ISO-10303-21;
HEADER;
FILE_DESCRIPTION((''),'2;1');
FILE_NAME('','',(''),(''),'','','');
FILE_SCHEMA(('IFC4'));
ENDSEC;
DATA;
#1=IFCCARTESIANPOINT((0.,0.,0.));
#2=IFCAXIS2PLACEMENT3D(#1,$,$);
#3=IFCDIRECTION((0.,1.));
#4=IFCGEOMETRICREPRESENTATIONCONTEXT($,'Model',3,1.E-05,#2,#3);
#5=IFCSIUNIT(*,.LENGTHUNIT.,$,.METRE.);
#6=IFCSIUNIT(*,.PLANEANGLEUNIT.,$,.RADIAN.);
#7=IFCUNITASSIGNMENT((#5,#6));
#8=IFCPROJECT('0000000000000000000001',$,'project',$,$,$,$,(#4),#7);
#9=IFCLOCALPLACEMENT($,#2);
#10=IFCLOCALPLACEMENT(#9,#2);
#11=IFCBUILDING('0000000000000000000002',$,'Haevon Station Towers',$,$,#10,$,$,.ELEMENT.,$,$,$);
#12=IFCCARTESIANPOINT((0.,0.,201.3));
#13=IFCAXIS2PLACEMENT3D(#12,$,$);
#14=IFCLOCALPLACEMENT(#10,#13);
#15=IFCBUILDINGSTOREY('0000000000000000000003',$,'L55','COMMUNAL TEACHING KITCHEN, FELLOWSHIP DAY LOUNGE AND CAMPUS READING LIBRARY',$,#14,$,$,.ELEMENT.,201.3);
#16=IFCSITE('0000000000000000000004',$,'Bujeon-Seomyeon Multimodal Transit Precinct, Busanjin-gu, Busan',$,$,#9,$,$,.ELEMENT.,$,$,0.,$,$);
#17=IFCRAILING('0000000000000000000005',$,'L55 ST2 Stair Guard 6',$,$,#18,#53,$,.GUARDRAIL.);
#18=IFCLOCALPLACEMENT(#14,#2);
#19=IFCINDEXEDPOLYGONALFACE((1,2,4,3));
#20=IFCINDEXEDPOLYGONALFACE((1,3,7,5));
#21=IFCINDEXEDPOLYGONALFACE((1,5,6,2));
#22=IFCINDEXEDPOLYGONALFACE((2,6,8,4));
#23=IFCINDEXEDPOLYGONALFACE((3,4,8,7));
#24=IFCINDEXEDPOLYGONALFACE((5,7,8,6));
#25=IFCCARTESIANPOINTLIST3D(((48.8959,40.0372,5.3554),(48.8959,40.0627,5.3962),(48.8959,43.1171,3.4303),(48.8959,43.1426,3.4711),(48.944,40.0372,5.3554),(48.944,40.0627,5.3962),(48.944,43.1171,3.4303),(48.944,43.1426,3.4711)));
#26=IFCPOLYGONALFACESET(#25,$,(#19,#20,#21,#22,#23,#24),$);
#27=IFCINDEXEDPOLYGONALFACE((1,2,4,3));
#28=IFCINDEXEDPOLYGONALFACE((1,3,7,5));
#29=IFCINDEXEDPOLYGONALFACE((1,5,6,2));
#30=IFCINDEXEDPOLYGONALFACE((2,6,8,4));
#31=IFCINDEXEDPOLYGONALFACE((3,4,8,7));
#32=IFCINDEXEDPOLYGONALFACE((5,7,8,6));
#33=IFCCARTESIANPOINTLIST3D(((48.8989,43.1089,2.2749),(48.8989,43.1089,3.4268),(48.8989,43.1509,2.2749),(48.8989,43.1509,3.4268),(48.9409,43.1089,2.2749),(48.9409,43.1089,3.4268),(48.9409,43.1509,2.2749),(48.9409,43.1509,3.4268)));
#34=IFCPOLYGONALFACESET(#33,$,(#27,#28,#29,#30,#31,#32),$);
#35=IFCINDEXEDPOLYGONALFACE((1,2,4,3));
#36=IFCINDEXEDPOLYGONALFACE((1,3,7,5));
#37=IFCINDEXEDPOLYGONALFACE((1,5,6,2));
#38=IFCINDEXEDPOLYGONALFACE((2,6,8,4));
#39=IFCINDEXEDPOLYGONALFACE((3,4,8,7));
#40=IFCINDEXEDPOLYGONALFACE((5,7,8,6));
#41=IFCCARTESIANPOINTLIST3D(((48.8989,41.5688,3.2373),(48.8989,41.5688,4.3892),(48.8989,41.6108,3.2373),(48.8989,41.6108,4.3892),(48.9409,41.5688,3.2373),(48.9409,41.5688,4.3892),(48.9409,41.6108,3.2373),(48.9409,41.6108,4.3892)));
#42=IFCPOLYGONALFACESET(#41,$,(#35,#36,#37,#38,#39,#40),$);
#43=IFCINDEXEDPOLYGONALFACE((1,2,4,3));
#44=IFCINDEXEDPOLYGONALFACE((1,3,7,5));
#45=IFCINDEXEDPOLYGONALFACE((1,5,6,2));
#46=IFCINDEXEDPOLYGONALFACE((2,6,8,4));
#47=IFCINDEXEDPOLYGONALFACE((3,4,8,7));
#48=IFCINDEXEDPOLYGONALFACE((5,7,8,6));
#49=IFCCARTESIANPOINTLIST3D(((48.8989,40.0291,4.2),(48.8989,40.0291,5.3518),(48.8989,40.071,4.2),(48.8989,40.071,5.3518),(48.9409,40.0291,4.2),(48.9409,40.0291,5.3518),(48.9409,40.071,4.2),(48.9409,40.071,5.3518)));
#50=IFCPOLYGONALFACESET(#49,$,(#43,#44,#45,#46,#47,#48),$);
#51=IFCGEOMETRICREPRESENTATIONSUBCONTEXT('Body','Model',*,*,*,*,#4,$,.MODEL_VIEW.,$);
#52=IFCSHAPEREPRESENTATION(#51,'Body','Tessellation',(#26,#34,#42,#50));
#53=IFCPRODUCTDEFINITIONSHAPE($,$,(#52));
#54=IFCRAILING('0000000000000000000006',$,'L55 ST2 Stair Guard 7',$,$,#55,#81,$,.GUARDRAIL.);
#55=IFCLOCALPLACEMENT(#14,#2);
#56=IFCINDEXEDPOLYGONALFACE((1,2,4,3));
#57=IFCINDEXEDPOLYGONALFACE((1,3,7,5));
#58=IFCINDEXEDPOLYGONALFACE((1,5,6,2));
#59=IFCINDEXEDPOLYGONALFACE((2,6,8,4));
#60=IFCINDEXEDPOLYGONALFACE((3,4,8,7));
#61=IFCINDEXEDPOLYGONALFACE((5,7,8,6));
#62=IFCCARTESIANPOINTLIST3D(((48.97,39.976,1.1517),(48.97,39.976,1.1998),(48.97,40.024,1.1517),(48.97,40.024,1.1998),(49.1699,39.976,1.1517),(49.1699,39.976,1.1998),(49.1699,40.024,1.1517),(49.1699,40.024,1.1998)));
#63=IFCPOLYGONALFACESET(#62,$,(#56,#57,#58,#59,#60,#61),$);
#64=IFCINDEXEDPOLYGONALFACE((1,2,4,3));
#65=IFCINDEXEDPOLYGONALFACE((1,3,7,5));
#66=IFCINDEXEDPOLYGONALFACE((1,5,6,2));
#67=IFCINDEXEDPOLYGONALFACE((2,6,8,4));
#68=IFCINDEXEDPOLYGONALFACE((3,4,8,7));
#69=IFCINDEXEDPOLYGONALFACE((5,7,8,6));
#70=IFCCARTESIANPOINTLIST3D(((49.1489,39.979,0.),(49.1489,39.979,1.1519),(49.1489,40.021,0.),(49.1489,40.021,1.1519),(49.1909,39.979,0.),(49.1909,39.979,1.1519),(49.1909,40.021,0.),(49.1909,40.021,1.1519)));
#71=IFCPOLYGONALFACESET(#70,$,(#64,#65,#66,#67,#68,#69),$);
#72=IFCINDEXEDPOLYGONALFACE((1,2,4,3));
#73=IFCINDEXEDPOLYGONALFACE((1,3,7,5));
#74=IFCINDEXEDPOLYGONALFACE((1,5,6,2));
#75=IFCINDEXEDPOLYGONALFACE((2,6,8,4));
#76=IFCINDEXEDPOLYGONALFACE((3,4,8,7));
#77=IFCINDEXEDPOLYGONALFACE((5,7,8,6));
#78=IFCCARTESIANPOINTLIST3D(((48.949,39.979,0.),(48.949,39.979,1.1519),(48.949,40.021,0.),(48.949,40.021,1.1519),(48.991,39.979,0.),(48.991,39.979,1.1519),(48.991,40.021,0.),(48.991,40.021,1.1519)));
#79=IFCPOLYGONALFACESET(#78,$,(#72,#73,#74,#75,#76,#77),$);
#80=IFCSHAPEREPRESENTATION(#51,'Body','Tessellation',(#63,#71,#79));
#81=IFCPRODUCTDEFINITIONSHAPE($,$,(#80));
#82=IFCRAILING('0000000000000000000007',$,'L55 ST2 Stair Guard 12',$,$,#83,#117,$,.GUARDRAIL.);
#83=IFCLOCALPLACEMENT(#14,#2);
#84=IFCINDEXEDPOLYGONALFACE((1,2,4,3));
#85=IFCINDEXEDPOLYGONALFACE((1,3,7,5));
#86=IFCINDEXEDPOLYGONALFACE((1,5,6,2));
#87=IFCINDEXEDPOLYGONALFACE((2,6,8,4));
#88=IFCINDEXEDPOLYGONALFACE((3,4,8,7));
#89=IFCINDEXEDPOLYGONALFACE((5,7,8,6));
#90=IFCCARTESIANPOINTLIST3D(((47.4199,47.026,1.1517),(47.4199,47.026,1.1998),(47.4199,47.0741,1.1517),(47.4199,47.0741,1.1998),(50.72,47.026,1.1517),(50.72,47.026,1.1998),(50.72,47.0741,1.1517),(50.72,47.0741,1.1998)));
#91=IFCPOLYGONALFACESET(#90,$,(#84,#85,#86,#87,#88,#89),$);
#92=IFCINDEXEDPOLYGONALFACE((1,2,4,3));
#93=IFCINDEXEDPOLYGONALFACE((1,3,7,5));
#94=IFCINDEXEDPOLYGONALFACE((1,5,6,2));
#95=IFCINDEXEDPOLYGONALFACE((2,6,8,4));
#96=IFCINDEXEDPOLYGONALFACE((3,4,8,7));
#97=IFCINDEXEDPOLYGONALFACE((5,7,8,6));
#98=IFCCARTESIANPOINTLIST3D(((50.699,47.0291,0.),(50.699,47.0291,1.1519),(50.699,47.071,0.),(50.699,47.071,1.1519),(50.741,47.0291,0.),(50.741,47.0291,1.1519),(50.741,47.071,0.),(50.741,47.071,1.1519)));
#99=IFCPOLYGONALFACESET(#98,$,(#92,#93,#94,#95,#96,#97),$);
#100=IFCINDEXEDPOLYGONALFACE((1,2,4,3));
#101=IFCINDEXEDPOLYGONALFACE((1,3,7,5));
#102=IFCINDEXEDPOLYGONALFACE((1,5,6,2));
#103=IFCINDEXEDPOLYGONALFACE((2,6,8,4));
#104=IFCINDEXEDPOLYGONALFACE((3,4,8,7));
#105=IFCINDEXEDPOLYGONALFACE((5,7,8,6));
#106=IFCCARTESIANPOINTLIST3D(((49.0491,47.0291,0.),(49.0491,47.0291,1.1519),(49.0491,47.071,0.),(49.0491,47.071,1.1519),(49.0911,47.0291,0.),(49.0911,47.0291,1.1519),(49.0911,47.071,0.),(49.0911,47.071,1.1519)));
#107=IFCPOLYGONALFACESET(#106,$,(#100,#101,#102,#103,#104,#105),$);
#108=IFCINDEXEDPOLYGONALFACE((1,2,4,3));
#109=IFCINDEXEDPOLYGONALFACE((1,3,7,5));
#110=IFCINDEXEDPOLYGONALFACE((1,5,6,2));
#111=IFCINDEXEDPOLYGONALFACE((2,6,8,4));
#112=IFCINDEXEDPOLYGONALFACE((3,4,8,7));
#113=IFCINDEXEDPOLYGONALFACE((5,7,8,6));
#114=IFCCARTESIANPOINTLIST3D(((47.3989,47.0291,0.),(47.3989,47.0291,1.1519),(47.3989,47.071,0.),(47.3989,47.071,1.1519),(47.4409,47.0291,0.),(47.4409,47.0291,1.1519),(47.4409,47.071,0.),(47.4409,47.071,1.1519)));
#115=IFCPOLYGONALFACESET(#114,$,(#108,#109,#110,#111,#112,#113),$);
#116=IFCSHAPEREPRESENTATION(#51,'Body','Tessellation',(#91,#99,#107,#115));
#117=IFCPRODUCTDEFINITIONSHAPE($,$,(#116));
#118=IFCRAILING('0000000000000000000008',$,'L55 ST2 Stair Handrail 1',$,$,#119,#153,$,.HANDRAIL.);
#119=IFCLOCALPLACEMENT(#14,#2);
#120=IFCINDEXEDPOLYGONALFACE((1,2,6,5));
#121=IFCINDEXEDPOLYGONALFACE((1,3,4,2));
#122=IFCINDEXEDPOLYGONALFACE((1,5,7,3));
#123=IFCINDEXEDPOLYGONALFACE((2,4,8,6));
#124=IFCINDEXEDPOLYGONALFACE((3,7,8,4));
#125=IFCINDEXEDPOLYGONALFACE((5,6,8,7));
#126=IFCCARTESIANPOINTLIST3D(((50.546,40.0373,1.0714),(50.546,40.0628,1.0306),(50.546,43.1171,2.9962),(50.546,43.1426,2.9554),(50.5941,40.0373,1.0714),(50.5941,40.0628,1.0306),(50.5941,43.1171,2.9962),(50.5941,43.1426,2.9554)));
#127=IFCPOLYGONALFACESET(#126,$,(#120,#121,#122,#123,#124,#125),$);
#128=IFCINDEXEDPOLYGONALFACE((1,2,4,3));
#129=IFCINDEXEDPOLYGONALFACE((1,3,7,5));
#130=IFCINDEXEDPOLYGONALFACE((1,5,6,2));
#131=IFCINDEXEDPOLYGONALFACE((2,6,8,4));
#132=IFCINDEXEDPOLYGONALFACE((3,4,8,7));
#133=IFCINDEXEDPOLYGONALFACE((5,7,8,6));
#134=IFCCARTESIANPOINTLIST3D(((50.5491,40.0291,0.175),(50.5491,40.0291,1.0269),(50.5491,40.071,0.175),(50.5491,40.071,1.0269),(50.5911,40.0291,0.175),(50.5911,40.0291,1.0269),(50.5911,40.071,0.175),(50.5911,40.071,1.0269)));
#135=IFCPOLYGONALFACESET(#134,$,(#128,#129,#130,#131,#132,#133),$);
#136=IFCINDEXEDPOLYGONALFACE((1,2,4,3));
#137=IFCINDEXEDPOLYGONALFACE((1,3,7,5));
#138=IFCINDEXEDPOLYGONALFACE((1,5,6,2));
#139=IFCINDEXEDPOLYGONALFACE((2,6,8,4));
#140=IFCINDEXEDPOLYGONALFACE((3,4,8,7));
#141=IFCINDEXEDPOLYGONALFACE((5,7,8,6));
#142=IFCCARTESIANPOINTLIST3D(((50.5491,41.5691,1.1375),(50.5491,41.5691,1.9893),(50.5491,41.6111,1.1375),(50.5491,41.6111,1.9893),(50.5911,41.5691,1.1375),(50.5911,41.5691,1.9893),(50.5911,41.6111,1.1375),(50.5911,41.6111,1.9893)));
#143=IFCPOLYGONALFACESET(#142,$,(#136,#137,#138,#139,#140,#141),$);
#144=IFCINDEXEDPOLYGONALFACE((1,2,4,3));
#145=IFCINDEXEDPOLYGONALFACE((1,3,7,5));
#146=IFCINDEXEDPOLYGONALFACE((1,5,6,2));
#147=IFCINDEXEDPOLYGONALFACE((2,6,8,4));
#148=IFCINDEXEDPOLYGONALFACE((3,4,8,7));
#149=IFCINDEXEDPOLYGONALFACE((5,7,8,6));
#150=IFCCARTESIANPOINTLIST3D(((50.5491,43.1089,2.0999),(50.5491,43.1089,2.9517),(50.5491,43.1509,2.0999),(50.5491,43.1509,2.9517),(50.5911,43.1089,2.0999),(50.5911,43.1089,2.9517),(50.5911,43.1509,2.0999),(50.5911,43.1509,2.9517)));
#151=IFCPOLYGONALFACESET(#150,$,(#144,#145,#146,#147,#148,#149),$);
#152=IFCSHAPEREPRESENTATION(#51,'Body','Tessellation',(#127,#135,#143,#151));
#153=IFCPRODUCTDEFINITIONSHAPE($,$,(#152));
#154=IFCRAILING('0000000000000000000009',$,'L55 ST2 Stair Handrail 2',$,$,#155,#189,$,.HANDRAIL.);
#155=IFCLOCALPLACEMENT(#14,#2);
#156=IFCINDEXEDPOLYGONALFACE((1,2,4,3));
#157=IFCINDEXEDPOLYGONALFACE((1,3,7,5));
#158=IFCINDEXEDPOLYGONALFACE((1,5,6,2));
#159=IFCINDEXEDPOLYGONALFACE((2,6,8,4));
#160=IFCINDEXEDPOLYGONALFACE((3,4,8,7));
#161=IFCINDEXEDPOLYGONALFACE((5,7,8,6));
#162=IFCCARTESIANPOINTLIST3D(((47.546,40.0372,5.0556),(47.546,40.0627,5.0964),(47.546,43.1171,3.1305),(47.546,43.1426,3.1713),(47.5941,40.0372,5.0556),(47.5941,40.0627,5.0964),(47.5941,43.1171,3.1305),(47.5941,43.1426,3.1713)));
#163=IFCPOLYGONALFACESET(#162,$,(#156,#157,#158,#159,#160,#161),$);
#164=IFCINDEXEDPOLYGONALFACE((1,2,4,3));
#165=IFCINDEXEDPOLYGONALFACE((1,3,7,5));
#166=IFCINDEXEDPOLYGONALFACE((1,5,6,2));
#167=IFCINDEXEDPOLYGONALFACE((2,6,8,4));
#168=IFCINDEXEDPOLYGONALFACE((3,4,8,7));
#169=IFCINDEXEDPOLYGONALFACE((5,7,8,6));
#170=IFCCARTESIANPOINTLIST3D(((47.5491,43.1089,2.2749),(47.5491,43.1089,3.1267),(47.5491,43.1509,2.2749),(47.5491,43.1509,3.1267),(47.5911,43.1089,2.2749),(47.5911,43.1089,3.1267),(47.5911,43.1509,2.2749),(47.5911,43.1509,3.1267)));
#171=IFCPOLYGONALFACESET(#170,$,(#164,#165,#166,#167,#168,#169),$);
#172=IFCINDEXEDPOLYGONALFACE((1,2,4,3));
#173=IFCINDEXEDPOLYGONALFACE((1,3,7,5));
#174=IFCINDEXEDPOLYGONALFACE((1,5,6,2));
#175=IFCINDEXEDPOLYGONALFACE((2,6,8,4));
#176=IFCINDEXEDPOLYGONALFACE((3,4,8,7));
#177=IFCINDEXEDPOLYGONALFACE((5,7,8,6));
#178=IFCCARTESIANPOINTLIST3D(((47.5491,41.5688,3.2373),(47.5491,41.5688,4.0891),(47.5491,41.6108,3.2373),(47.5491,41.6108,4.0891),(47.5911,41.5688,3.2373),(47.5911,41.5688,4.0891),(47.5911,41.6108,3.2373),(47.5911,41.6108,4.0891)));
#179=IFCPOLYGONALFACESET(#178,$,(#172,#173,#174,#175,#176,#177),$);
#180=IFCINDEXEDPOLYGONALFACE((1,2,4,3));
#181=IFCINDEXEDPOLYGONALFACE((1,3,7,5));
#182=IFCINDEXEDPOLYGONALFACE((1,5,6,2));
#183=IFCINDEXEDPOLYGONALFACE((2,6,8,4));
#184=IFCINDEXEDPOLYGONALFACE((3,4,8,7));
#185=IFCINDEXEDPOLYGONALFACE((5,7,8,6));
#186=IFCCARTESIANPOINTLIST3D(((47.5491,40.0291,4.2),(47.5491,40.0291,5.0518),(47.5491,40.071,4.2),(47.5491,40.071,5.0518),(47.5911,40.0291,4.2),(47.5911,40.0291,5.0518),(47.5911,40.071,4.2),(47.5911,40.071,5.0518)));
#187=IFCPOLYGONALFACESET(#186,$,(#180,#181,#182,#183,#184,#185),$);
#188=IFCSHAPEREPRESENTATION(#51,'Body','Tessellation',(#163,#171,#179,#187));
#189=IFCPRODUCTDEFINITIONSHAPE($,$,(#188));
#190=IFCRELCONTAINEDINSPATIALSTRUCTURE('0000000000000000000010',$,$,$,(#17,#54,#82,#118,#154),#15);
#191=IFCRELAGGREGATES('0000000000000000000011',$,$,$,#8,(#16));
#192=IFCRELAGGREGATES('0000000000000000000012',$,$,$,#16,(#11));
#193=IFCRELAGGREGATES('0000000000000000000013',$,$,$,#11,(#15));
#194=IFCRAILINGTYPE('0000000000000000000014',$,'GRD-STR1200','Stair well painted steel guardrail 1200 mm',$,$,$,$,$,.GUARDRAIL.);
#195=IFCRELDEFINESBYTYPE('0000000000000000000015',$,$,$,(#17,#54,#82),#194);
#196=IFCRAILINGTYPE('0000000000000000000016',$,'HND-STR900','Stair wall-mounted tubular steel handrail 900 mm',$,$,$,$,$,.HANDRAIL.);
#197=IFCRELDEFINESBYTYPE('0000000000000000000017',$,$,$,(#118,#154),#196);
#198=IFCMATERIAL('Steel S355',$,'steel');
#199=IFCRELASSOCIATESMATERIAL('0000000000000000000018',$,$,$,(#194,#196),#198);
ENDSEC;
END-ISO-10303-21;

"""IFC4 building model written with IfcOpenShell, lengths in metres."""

from ifc_helpers import new_model, si_unit, direction, frame, origin, origin_2d, place, context, subcontext, project, spatial, rectangle, extrude, material, type_object, element, save


model = new_model("IFC4")

# Units and contexts
model_context = context("Model", 3, precision=1e-05, world=origin(), true_north=direction((0.0, 1.0)))
body_context = subcontext(model_context, "Body", "Model", "MODEL_VIEW")
ifc_project = project(units=[si_unit("LENGTHUNIT", "METRE"), si_unit("PLANEANGLEUNIT", "RADIAN")], contexts=[model_context])

# Site, building, storey
site_placement = place(None, origin())
site = spatial("IfcSite", under=ifc_project, at=site_placement, Name="Bujeon-Seomyeon Multimodal Transit Precinct, Busanjin-gu, Busan", CompositionType="ELEMENT", RefElevation=0.0)
building_placement = place(site_placement, origin())
building = spatial("IfcBuilding", under=site, at=building_placement, Name="Haevon Station Towers", CompositionType="ELEMENT")
storey_placement = place(building_placement, frame((0.0, 0.0, 201.3)))
storey = spatial("IfcBuildingStorey", under=building, at=storey_placement, Name="L55", Description="COMMUNAL TEACHING KITCHEN, FELLOWSHIP DAY LOUNGE AND CAMPUS READING LIBRARY", CompositionType="ELEMENT", Elevation=201.3)

# Shared definitions
ifc_material_1 = material(Name="Steel S355", Category="steel")

# Railings
railing_type_1 = type_object("IfcRailingType", Name="GRD-STR1200", Description="Stair well painted steel guardrail 1200 mm", PredefinedType="GUARDRAIL", material=ifc_material_1)
railing_1_placement = place(storey_placement, frame((48.9199, 43.1299, 2.2749)))
element("IfcRailing", 1, at=railing_1_placement, inside=storey, type_object=railing_type_1, Name="L55 ST2 Stair Guard 6", PredefinedType="GUARDRAIL", context=body_context, shape_type="SweptSolid", body=[
    extrude(rectangle(XDim=0.0481, YDim=0.0481, at=origin_2d()), frame((0.0, 0.0, 1.1758), z_axis=(0.0, -0.847979, 0.530029), x_axis=(1.0, 0.0, 0.0)), (0.0, 0.0, 1.0), 3.6321),
    extrude(rectangle(XDim=0.042, YDim=0.042, at=origin_2d()), origin(), (0.0, 0.0, 1.0), 1.1519),
    extrude(rectangle(XDim=0.042, YDim=0.042, at=origin_2d()), frame((0.0, -1.54, 0.9624)), (0.0, 0.0, 1.0), 1.1519),
    extrude(rectangle(XDim=0.042, YDim=0.042, at=origin_2d()), frame((0.0, -3.0798, 1.925)), (0.0, 0.0, 1.0), 1.1519),
])
railing_2_placement = place(storey_placement, frame((49.1699, 40.0, 0.0)))
element("IfcRailing", 2, at=railing_2_placement, inside=storey, type_object=railing_type_1, Name="L55 ST2 Stair Guard 7", PredefinedType="GUARDRAIL", context=body_context, shape_type="SweptSolid", body=[
    extrude(rectangle(XDim=0.0481, YDim=0.0481, at=origin_2d()), frame((0.0, 0.0, 1.1758), z_axis=(-1.0, 0.0, 0.0), x_axis=(0.0, -1.0, 0.0)), (0.0, 0.0, 1.0), 0.2),
    extrude(rectangle(XDim=0.042, YDim=0.042, at=origin_2d()), origin(), (0.0, 0.0, 1.0), 1.1519),
    extrude(rectangle(XDim=0.042, YDim=0.042, at=origin_2d()), frame((-0.2, 0.0, 0.0)), (0.0, 0.0, 1.0), 1.1519),
])
railing_3_placement = place(storey_placement, frame((50.72, 47.05, 0.0)))
element("IfcRailing", 3, at=railing_3_placement, inside=storey, type_object=railing_type_1, Name="L55 ST2 Stair Guard 12", PredefinedType="GUARDRAIL", context=body_context, shape_type="SweptSolid", body=[
    extrude(rectangle(XDim=0.0481, YDim=0.0481, at=origin_2d()), frame((0.0, 0.0, 1.1758), z_axis=(-1.0, 0.0, 0.0), x_axis=(0.0, -1.0, 0.0)), (0.0, 0.0, 1.0), 3.3),
    extrude(rectangle(XDim=0.042, YDim=0.042, at=origin_2d()), origin(), (0.0, 0.0, 1.0), 1.1519),
    extrude(rectangle(XDim=0.042, YDim=0.042, at=origin_2d()), frame((-1.6499, 0.0, 0.0)), (0.0, 0.0, 1.0), 1.1519),
    extrude(rectangle(XDim=0.042, YDim=0.042, at=origin_2d()), frame((-3.3, 0.0, 0.0)), (0.0, 0.0, 1.0), 1.1519),
])
railing_type_2 = type_object("IfcRailingType", Name="HND-STR900", Description="Stair wall-mounted tubular steel handrail 900 mm", PredefinedType="HANDRAIL", material=ifc_material_1)
railing_4_placement = place(storey_placement, frame((50.5701, 40.05, 0.175)))
element("IfcRailing", 4, at=railing_4_placement, inside=storey, type_object=railing_type_2, Name="L55 ST2 Stair Handrail 1", PredefinedType="HANDRAIL", context=body_context, shape_type="SweptSolid", body=[
    extrude(rectangle(XDim=0.0481, YDim=0.0481, at=origin_2d()), frame((0.0, 0.0, 0.876), z_axis=(0.0, 0.84801, 0.529981), x_axis=(-1.0, 0.0, 0.0)), (0.0, 0.0, 1.0), 3.6318),
    extrude(rectangle(XDim=0.042, YDim=0.042, at=origin_2d()), origin(), (0.0, 0.0, 1.0), 0.8518),
    extrude(rectangle(XDim=0.042, YDim=0.042, at=origin_2d()), frame((0.0, 1.54, 0.9624)), (0.0, 0.0, 1.0), 0.8518),
    extrude(rectangle(XDim=0.042, YDim=0.042, at=origin_2d()), frame((0.0, 3.0798, 1.9248)), (0.0, 0.0, 1.0), 0.8518),
])
railing_5_placement = place(storey_placement, frame((47.5701, 43.1299, 2.2749)))
element("IfcRailing", 5, at=railing_5_placement, inside=storey, type_object=railing_type_2, Name="L55 ST2 Stair Handrail 2", PredefinedType="HANDRAIL", context=body_context, shape_type="SweptSolid", body=[
    extrude(rectangle(XDim=0.0481, YDim=0.0481, at=origin_2d()), frame((0.0, 0.0, 0.876), z_axis=(0.0, -0.847979, 0.530029), x_axis=(1.0, 0.0, 0.0)), (0.0, 0.0, 1.0), 3.6321),
    extrude(rectangle(XDim=0.042, YDim=0.042, at=origin_2d()), origin(), (0.0, 0.0, 1.0), 0.8518),
    extrude(rectangle(XDim=0.042, YDim=0.042, at=origin_2d()), frame((0.0, -1.54, 0.9624)), (0.0, 0.0, 1.0), 0.8518),
    extrude(rectangle(XDim=0.042, YDim=0.042, at=origin_2d()), frame((0.0, -3.0798, 1.925)), (0.0, 0.0, 1.0), 0.8518),
])

save(model, "model.ifc")
